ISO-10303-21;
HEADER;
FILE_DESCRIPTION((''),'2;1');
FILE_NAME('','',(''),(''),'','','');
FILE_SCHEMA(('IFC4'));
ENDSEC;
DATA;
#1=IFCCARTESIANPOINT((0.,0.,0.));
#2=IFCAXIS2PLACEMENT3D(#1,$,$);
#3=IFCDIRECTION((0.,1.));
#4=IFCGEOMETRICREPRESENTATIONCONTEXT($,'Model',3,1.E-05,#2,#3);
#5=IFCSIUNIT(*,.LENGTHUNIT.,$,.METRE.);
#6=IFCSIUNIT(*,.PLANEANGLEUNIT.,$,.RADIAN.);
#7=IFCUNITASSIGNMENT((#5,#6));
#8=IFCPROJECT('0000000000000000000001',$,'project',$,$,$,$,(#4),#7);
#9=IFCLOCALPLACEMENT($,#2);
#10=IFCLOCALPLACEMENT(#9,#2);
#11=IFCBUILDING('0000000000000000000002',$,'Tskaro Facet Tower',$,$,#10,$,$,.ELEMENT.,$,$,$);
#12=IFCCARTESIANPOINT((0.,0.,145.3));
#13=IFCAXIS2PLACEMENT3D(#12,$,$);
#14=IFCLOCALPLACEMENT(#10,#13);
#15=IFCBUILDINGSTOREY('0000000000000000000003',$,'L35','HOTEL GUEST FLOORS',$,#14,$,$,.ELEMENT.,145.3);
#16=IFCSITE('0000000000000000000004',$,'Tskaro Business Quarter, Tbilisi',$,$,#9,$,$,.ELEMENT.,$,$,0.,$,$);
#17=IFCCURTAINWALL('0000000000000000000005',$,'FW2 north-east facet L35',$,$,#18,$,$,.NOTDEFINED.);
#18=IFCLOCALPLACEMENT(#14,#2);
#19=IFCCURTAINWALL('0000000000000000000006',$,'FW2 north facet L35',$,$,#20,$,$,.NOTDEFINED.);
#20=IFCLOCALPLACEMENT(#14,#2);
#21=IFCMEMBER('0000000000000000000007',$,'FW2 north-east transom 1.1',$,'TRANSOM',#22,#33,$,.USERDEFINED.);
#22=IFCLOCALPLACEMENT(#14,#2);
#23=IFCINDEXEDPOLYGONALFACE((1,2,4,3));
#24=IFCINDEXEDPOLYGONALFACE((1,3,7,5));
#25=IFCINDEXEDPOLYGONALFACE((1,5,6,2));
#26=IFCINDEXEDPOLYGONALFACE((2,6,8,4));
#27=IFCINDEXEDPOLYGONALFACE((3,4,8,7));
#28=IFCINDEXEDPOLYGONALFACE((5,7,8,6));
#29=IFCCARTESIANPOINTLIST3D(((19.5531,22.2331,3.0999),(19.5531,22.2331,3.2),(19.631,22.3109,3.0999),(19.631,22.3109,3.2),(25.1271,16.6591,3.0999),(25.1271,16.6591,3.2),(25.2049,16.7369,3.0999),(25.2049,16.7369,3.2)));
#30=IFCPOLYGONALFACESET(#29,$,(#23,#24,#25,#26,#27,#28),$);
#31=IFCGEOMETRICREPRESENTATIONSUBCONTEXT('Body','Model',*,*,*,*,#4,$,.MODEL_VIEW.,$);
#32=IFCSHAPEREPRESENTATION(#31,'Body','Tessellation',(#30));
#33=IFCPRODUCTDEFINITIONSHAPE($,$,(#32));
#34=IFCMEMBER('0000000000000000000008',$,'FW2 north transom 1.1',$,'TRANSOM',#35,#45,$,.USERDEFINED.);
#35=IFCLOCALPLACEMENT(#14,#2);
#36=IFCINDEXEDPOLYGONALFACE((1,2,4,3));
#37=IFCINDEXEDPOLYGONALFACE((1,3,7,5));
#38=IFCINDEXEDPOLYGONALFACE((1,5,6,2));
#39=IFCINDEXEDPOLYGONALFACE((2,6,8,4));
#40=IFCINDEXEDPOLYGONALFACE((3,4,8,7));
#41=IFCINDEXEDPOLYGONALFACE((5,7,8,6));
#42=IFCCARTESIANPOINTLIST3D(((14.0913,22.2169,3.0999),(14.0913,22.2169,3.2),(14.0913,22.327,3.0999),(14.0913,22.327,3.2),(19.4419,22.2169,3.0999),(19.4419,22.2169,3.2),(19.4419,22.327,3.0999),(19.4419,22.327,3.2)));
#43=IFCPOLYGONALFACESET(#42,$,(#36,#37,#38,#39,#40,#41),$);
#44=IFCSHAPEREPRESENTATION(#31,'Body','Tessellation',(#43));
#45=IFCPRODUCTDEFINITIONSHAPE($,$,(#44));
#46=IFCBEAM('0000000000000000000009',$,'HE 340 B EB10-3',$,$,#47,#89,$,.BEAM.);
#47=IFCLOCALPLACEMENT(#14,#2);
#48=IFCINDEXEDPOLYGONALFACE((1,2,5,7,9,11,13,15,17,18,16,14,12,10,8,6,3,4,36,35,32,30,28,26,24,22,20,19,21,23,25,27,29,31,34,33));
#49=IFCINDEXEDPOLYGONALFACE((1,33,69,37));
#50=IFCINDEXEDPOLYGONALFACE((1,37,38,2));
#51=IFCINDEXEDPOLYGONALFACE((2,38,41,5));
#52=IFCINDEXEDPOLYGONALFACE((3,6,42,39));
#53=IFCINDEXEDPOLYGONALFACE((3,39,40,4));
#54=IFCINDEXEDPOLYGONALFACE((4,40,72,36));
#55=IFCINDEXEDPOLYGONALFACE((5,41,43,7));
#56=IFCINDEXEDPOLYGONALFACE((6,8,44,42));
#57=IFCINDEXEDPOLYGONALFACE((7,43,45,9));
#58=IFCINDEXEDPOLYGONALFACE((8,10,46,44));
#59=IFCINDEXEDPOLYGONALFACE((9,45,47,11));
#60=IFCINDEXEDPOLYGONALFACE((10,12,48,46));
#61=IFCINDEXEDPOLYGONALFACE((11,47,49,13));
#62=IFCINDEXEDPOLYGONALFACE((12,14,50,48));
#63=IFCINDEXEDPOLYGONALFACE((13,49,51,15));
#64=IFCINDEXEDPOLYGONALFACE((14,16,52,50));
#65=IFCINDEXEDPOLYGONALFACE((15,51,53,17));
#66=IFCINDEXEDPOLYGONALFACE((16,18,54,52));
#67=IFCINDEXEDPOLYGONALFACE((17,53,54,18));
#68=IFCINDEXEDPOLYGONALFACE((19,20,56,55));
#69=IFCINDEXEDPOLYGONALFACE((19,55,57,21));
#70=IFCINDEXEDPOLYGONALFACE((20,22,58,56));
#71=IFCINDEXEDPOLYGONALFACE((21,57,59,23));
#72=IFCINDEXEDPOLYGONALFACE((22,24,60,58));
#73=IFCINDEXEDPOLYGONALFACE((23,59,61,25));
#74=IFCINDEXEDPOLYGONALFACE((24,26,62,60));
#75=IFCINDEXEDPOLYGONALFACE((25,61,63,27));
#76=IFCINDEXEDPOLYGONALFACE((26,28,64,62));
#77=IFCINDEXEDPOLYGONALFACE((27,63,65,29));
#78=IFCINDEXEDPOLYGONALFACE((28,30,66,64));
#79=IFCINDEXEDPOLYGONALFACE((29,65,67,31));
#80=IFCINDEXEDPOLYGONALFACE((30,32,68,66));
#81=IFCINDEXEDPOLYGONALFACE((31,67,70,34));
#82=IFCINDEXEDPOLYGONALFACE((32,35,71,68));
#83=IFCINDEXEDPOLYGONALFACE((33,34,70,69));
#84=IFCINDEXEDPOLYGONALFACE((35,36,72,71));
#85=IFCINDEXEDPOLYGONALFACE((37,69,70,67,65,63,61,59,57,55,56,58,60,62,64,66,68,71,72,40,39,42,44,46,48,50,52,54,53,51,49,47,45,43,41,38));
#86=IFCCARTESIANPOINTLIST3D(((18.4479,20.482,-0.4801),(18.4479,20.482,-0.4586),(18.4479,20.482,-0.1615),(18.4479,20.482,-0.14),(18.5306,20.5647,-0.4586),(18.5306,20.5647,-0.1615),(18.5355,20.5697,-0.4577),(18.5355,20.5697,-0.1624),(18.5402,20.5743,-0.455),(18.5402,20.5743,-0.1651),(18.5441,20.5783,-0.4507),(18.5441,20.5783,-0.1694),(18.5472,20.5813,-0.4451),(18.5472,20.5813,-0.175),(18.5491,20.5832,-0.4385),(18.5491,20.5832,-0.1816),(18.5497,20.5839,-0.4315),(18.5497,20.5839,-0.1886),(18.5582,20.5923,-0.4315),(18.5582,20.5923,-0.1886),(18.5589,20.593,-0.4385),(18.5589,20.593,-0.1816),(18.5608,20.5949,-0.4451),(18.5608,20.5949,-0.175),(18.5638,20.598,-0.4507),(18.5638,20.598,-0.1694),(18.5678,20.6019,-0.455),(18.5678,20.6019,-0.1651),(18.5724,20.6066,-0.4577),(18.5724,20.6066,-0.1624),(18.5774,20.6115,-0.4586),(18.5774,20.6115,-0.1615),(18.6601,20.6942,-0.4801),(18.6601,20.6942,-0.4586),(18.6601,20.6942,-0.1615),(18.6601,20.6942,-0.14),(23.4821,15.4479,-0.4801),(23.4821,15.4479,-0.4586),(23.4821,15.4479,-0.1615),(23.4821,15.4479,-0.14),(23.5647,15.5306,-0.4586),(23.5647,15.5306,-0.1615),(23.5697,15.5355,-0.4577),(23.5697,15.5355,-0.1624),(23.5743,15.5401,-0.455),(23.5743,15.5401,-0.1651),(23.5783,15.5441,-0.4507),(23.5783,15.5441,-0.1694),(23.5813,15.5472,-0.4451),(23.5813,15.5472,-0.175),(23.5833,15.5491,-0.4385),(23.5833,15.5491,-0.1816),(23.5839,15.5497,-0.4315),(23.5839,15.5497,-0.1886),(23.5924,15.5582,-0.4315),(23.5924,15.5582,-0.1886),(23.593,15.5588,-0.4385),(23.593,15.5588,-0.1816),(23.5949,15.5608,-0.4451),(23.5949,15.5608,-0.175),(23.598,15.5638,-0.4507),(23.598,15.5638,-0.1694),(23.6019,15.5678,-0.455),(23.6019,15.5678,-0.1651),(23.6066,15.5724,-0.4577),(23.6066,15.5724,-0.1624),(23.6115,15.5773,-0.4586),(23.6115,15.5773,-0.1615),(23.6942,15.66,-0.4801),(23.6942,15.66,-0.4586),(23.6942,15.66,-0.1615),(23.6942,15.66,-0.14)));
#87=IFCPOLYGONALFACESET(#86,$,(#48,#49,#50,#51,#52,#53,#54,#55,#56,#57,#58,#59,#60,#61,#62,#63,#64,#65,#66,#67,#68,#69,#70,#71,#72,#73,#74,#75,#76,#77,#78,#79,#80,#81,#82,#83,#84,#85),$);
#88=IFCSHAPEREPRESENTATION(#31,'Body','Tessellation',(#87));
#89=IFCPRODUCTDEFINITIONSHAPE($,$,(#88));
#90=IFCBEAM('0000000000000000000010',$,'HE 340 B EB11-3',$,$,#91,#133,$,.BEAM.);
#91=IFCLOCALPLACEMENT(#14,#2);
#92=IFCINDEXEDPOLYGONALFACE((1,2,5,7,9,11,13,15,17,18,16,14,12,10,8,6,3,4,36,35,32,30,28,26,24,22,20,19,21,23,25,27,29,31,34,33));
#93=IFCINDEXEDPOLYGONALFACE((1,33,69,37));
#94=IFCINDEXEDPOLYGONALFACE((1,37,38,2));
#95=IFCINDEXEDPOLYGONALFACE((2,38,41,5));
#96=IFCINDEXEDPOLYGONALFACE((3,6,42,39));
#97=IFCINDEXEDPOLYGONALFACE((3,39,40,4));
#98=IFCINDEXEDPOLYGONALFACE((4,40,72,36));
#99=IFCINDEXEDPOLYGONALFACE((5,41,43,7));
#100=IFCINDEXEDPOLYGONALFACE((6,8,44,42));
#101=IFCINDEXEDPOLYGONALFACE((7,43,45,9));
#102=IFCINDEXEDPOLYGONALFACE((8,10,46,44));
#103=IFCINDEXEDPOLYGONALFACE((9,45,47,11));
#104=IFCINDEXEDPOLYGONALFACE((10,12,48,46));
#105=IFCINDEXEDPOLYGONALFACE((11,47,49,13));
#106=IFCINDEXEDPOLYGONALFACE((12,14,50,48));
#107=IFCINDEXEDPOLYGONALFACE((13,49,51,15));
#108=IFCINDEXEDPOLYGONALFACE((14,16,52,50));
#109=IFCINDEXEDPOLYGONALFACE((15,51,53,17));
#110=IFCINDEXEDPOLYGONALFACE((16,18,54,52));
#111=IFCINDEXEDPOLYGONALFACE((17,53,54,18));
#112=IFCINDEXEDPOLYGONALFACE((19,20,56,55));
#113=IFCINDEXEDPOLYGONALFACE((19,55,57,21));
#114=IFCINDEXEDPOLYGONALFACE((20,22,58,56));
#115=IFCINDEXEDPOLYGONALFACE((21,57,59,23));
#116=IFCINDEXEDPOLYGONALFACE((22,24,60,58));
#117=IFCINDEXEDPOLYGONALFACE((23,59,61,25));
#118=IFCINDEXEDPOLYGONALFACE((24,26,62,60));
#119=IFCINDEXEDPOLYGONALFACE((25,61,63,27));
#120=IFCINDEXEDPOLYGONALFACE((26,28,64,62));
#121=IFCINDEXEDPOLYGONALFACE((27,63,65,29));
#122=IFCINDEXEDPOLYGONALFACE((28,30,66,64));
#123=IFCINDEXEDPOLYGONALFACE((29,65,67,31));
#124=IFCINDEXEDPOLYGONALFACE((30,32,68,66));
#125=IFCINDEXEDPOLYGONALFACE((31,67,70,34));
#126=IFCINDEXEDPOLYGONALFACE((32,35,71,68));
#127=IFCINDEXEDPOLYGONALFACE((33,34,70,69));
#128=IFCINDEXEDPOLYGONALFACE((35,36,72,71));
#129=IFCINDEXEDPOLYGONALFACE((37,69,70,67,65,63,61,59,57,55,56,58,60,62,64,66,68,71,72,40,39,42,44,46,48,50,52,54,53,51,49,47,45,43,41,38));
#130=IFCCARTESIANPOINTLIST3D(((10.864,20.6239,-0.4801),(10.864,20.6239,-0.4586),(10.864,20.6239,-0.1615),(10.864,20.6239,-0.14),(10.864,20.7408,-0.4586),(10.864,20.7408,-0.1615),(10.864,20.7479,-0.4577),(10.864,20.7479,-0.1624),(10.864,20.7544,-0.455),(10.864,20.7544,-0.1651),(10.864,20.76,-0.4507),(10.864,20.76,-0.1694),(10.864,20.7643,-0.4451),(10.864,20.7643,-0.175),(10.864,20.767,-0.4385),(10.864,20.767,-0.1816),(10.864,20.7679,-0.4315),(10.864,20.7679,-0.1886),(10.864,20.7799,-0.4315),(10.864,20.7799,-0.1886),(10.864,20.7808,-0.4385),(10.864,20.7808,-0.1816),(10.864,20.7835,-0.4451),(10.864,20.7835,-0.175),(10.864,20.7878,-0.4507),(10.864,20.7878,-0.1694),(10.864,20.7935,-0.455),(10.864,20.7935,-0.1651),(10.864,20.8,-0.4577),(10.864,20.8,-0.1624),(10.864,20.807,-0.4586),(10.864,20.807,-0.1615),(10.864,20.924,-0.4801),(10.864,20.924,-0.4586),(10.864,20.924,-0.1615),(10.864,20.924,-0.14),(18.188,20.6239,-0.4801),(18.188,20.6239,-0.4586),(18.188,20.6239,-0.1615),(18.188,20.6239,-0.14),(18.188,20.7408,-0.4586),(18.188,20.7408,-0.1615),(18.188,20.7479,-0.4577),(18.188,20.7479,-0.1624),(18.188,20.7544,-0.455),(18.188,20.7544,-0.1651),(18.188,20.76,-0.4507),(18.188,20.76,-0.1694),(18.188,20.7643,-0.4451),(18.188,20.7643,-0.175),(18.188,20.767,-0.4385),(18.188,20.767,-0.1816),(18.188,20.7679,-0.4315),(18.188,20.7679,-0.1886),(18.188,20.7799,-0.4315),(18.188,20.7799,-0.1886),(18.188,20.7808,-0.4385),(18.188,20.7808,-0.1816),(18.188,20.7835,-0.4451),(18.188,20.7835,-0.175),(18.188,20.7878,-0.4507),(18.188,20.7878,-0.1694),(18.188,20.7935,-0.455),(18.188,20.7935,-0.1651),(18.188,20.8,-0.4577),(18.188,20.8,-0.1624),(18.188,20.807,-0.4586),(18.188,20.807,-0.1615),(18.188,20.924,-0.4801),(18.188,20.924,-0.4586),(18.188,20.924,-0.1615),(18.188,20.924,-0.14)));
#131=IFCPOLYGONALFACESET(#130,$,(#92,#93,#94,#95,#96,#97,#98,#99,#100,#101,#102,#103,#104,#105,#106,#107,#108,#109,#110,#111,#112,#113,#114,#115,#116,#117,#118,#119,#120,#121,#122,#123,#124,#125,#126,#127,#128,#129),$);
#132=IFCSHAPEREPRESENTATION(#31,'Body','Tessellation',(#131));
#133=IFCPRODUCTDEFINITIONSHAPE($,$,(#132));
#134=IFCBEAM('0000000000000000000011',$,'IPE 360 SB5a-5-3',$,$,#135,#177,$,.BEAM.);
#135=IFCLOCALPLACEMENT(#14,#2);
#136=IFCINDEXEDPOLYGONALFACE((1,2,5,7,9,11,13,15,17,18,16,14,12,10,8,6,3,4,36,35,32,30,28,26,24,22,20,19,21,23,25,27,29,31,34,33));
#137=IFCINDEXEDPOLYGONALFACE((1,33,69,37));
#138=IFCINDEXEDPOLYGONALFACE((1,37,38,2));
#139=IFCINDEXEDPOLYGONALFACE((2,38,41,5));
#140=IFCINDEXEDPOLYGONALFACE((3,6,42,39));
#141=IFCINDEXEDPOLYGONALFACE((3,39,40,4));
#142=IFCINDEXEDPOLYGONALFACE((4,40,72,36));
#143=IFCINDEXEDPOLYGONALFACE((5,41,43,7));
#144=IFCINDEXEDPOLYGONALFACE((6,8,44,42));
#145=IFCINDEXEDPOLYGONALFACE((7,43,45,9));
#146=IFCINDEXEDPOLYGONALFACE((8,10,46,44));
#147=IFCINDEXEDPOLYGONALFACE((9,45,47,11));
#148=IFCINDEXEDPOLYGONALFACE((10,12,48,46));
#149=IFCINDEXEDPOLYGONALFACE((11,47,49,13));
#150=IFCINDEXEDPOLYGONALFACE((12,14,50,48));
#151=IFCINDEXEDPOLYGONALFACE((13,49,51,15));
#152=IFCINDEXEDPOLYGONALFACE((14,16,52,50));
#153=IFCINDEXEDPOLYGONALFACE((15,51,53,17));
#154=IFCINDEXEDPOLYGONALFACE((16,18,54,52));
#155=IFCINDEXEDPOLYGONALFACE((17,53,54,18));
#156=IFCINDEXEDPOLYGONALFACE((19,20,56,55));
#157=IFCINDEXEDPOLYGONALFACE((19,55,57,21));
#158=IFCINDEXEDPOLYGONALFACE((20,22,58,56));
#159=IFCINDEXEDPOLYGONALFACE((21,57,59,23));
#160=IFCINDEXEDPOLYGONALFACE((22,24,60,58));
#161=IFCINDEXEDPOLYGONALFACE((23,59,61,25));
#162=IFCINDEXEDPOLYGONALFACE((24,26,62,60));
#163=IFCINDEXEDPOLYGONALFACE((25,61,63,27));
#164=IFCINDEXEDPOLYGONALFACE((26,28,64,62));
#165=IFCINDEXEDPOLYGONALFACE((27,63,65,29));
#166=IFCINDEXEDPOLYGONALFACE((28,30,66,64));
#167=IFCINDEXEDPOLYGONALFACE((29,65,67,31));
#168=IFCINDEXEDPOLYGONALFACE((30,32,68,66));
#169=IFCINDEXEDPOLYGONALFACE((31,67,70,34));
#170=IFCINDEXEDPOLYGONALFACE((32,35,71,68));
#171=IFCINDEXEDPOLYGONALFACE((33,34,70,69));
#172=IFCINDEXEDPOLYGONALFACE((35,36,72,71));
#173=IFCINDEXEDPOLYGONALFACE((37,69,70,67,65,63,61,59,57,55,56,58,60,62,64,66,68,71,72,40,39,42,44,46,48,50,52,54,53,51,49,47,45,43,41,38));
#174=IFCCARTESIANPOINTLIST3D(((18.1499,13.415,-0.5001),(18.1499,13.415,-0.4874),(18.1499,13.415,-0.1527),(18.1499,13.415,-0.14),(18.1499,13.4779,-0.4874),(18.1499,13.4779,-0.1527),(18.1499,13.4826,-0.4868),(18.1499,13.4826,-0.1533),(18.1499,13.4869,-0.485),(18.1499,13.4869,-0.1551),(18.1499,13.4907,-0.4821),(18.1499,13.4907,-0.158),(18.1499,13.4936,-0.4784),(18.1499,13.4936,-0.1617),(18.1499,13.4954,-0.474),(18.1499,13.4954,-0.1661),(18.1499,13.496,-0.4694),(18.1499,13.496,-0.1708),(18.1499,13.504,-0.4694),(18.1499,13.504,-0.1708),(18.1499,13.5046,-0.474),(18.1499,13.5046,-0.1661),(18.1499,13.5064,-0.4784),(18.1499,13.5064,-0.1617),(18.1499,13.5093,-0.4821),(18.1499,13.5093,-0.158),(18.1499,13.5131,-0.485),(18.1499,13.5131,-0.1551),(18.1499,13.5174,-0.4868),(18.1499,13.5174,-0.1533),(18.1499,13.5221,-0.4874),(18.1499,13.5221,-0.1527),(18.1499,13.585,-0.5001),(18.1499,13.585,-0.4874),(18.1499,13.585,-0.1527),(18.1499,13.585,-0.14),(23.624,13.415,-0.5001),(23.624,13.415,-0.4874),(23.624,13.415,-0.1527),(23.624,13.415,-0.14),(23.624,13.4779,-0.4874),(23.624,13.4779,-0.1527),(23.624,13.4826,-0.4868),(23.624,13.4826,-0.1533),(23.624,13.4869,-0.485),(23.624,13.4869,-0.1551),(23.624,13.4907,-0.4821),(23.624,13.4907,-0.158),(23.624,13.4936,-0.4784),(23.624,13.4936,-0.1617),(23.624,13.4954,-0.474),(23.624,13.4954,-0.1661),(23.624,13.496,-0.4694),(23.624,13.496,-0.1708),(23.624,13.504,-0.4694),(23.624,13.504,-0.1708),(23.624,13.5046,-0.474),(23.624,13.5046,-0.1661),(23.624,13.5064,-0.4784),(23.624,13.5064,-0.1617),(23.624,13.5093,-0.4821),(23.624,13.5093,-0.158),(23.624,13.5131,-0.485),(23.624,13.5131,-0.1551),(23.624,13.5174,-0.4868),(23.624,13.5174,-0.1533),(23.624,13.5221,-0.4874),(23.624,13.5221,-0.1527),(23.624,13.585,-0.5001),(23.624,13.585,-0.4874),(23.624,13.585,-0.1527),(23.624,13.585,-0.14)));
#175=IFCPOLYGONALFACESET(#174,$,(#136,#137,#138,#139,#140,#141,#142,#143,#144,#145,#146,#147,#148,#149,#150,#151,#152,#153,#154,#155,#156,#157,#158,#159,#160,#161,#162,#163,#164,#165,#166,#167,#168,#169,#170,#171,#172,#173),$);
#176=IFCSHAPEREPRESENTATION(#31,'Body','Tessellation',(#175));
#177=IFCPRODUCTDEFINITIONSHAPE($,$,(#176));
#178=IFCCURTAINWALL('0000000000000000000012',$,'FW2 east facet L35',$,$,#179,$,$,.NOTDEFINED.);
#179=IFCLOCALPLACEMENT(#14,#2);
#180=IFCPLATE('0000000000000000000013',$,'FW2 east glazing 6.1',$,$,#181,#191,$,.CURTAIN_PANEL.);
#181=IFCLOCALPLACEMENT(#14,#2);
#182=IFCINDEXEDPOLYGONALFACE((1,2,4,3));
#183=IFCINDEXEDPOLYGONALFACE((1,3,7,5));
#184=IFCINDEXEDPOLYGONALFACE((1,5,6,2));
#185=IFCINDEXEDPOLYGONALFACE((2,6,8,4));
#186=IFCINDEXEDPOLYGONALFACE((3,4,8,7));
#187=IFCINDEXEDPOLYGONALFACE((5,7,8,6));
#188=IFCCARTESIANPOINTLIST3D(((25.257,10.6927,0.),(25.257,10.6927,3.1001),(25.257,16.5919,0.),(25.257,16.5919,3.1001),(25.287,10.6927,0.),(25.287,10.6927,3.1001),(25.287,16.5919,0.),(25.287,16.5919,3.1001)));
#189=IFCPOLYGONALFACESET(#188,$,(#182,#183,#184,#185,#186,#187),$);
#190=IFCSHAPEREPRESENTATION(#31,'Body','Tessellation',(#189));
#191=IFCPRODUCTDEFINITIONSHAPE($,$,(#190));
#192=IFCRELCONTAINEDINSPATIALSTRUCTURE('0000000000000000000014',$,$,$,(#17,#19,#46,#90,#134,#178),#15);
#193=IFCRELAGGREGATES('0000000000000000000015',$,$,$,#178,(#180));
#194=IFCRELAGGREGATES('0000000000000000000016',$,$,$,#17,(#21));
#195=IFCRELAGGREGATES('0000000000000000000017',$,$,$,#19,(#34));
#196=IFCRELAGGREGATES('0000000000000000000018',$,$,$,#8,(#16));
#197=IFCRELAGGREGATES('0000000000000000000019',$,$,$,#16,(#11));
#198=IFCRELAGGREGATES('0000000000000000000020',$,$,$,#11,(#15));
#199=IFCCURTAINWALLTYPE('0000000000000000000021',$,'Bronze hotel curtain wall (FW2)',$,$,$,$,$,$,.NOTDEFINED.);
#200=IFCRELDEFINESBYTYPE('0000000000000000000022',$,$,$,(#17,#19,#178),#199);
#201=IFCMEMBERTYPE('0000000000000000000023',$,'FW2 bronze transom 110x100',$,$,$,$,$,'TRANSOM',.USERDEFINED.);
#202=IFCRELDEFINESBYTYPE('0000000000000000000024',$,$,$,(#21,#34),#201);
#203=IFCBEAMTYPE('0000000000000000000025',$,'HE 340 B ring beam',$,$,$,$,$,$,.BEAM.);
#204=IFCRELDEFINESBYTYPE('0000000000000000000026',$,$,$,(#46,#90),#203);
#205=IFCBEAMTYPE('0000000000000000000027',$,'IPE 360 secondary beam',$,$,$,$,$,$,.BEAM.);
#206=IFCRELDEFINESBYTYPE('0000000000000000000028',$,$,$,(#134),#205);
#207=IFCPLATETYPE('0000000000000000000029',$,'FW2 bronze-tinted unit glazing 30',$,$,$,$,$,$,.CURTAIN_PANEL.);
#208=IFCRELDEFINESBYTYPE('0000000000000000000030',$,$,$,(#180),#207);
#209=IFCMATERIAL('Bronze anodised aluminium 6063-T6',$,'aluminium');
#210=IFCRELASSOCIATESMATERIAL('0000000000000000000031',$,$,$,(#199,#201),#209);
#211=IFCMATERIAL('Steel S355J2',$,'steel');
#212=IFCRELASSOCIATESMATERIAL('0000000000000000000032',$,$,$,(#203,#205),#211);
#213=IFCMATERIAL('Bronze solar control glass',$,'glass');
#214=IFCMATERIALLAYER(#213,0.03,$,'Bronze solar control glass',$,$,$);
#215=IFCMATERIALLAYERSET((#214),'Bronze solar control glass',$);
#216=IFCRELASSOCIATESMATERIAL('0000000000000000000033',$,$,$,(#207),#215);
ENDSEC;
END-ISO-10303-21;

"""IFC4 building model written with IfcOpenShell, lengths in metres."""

from ifc_helpers import new_model, si_unit, direction, frame, origin, origin_2d, place, context, subcontext, project, spatial, rectangle, i_section, extrude, material, layer, layer_set, material_profile, profile_set, type_object, element, aggregate, save


model = new_model("IFC4")

# Units and contexts
model_context = context("Model", 3, precision=1e-05, world=origin(), true_north=direction((0.0, 1.0)))
body_context = subcontext(model_context, "Body", "Model", "MODEL_VIEW")
ifc_project = project(units=[si_unit("LENGTHUNIT", "METRE"), si_unit("PLANEANGLEUNIT", "RADIAN")], contexts=[model_context])

# Site, building, storey
site_placement = place(None, origin())
site = spatial("IfcSite", under=ifc_project, at=site_placement, Name="Tskaro Business Quarter, Tbilisi", CompositionType="ELEMENT", RefElevation=0.0)
building_placement = place(site_placement, origin())
building = spatial("IfcBuilding", under=site, at=building_placement, Name="Tskaro Facet Tower", CompositionType="ELEMENT")
storey_placement = place(building_placement, frame((0.0, 0.0, 145.3)))
storey = spatial("IfcBuildingStorey", under=building, at=storey_placement, Name="L35", Description="HOTEL GUEST FLOORS", CompositionType="ELEMENT", Elevation=145.3)

# Curtain walls
ifc_material_1 = material(Name="Bronze anodised aluminium 6063-T6", Category="aluminium")
curtain_wall_type = type_object("IfcCurtainWallType", Name="Bronze hotel curtain wall (FW2)", PredefinedType="NOTDEFINED", material=ifc_material_1)
curtain_wall_1_placement = place(storey_placement, origin())
curtain_wall_1 = element("IfcCurtainWall", 1, at=curtain_wall_1_placement, inside=storey, type_object=curtain_wall_type, Name="FW2 north-east facet L35", PredefinedType="NOTDEFINED")
curtain_wall_2_placement = place(storey_placement, origin())
curtain_wall_2 = element("IfcCurtainWall", 2, at=curtain_wall_2_placement, inside=storey, type_object=curtain_wall_type, Name="FW2 north facet L35", PredefinedType="NOTDEFINED")

# Members
ifc_material_profile_1 = material_profile(ifc_material_1, rectangle(XDim=0.1101, YDim=0.1001, at=origin_2d()), Name="Transom 110x100")
ifc_profile_set_1 = profile_set([ifc_material_profile_1], Name="Bronze anodised aluminium 6063-T6")
member_type_1 = type_object("IfcMemberType", Name="FW2 bronze transom 110x100", ElementType="TRANSOM", PredefinedType="USERDEFINED", material=ifc_profile_set_1)
member_1_placement = place(storey_placement, frame((25.166, 16.698, 3.1499), z_axis=(-0.707107, 0.707107, 0.0), x_axis=(-0.707107, -0.707107, 0.0)))
member_1 = element("IfcMember", 3, at=member_1_placement, type_object=member_type_1, Name="FW2 north-east transom 1.1", ObjectType="TRANSOM", PredefinedType="USERDEFINED", context=body_context, shape_type="SweptSolid", body=[
    extrude(rectangle(XDim=0.1101, YDim=0.1001, at=origin_2d()), origin(), (0.0, 0.0, 1.0), 7.8828),
])
member_2_placement = place(storey_placement, frame((19.4419, 22.272, 3.1499), z_axis=(-1.0, 0.0, 0.0), x_axis=(0.0, -1.0, 0.0)))
member_2 = element("IfcMember", 4, at=member_2_placement, type_object=member_type_1, Name="FW2 north transom 1.1", ObjectType="TRANSOM", PredefinedType="USERDEFINED", context=body_context, shape_type="SweptSolid", body=[
    extrude(rectangle(XDim=0.1101, YDim=0.1001, at=origin_2d()), origin(), (0.0, 0.0, 1.0), 5.3506),
])

# Beams
ifc_material_2 = material(Name="Steel S355J2", Category="steel")
ifc_material_profile_2 = material_profile(ifc_material_2, i_section(OverallWidth=0.3, OverallDepth=0.3401, WebThickness=0.012, FlangeThickness=0.0215, FilletRadius=0.0271, at=origin_2d()), Name="HE 340 B")
ifc_profile_set_2 = profile_set([ifc_material_profile_2], Name="Steel S355J2")
beam_type_1 = type_object("IfcBeamType", Name="HE 340 B ring beam", PredefinedType="BEAM", material=ifc_profile_set_2)
beam_1_placement = place(storey_placement, frame((23.5881, 15.554, -0.3101), z_axis=(-0.707107, 0.707107, 0.0), x_axis=(-0.707107, -0.707107, 0.0)))
element("IfcBeam", 5, at=beam_1_placement, inside=storey, type_object=beam_type_1, Name="HE 340 B EB10-3", PredefinedType="BEAM", context=body_context, shape_type="SweptSolid", body=[
    extrude(i_section(OverallWidth=0.3, OverallDepth=0.3401, WebThickness=0.012, FlangeThickness=0.0215, FilletRadius=0.0271, at=origin_2d()), origin(), (0.0, 0.0, 1.0), 7.1194),
])
beam_2_placement = place(storey_placement, frame((18.188, 20.7739, -0.3101), z_axis=(-1.0, 0.0, 0.0), x_axis=(0.0, -1.0, 0.0)))
element("IfcBeam", 6, at=beam_2_placement, inside=storey, type_object=beam_type_1, Name="HE 340 B EB11-3", PredefinedType="BEAM", context=body_context, shape_type="SweptSolid", body=[
    extrude(i_section(OverallWidth=0.3, OverallDepth=0.3401, WebThickness=0.012, FlangeThickness=0.0215, FilletRadius=0.0271, at=origin_2d()), origin(), (0.0, 0.0, 1.0), 7.324),
])
ifc_material_profile_3 = material_profile(ifc_material_2, i_section(OverallWidth=0.1699, OverallDepth=0.3601, WebThickness=0.0081, FlangeThickness=0.0127, FilletRadius=0.0181, at=origin_2d()), Name="IPE 360")
ifc_profile_set_3 = profile_set([ifc_material_profile_3], Name="Steel S355J2")
beam_type_2 = type_object("IfcBeamType", Name="IPE 360 secondary beam", PredefinedType="BEAM", material=ifc_profile_set_3)
beam_3_placement = place(storey_placement, frame((18.1499, 13.5, -0.3201), z_axis=(1.0, 0.0, 0.0), x_axis=(0.0, 1.0, 0.0)))
element("IfcBeam", 7, at=beam_3_placement, inside=storey, type_object=beam_type_2, Name="IPE 360 SB5a-5-3", PredefinedType="BEAM", context=body_context, shape_type="SweptSolid", body=[
    extrude(i_section(OverallWidth=0.1699, OverallDepth=0.3601, WebThickness=0.0081, FlangeThickness=0.0127, FilletRadius=0.0181, at=origin_2d()), origin(), (0.0, 0.0, 1.0), 5.4741),
])

# Curtain wall, plate
curtain_wall_3_placement = place(storey_placement, origin())
curtain_wall_3 = element("IfcCurtainWall", 8, at=curtain_wall_3_placement, inside=storey, type_object=curtain_wall_type, Name="FW2 east facet L35", PredefinedType="NOTDEFINED")
ifc_material_3 = material(Name="Bronze solar control glass", Category="glass")
ifc_layer_1 = layer(ifc_material_3, 0.03, Name="Bronze solar control glass")
ifc_layer_set_1 = layer_set([ifc_layer_1], Name="Bronze solar control glass")
plate_type = type_object("IfcPlateType", Name="FW2 bronze-tinted unit glazing 30", PredefinedType="CURTAIN_PANEL", material=ifc_layer_set_1)
plate_1_placement = place(storey_placement, frame((25.272, 13.6423, 0.0), z_axis=(0.0, 0.0, 1.0), x_axis=(0.0, 1.0, 0.0)))
plate_1 = element("IfcPlate", 9, at=plate_1_placement, type_object=plate_type, Name="FW2 east glazing 6.1", PredefinedType="CURTAIN_PANEL", context=body_context, shape_type="SweptSolid", body=[
    extrude(rectangle(XDim=5.8992, YDim=0.03, at=origin_2d()), origin(), (0.0, 0.0, 1.0), 3.1001),
])
aggregate(curtain_wall_3, [plate_1])

aggregate(curtain_wall_1, [member_1])
aggregate(curtain_wall_2, [member_2])

save(model, "model.ifc")
